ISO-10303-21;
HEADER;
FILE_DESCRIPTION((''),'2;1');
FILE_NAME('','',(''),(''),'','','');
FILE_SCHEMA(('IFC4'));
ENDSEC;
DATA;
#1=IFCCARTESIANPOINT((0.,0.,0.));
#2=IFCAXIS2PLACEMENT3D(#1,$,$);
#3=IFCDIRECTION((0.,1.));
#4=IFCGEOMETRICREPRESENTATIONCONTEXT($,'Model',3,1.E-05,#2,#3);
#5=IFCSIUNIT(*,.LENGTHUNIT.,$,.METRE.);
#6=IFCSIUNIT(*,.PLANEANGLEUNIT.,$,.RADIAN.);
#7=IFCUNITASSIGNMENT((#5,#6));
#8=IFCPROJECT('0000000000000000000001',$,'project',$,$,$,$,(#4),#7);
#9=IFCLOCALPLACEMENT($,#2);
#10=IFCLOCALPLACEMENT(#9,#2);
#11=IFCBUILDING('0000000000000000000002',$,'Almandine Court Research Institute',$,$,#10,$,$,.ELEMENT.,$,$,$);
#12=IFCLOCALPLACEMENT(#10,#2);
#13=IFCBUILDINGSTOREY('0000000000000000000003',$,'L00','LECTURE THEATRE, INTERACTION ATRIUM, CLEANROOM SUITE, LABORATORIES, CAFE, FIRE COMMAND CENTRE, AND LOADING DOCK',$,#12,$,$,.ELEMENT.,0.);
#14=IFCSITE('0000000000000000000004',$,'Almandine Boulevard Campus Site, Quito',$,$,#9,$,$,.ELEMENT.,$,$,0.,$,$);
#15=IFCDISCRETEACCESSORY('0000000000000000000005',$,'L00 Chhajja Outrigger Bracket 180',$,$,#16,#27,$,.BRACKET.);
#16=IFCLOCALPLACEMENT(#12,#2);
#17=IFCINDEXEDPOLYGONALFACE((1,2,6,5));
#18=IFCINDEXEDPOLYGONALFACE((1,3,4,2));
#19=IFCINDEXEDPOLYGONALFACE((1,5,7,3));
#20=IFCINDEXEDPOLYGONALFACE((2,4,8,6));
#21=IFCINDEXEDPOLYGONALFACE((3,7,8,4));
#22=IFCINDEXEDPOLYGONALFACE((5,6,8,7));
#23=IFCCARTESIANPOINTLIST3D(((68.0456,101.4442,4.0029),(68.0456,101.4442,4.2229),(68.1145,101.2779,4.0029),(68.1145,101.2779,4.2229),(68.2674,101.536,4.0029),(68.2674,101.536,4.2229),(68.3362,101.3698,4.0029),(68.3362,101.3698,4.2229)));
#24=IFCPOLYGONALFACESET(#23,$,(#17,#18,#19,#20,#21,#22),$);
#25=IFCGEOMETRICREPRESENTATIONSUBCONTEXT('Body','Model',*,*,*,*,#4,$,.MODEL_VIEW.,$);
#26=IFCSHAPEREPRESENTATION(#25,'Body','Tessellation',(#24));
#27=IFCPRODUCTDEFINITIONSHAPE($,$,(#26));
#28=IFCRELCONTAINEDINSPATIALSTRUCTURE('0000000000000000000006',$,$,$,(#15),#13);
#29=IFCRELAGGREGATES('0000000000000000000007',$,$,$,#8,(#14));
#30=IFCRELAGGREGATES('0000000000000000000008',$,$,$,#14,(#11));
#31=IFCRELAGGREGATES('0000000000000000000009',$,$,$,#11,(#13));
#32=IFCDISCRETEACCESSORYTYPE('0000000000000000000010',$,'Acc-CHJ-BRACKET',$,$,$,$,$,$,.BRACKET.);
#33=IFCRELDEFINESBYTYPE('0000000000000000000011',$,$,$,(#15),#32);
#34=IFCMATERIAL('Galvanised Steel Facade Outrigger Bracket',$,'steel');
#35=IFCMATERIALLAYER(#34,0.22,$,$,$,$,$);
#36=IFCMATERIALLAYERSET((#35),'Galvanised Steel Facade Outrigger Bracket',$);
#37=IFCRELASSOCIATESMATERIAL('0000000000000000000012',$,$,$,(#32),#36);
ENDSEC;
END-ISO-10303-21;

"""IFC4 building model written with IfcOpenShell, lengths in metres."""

from ifc_helpers import new_model, si_unit, direction, frame, origin, origin_2d, place, context, subcontext, project, spatial, rectangle, extrude, material, layer, layer_set, type_object, element, save


model = new_model("IFC4")

# Units and contexts
model_context = context("Model", 3, precision=1e-05, world=origin(), true_north=direction((0.0, 1.0)))
body_context = subcontext(model_context, "Body", "Model", "MODEL_VIEW")
ifc_project = project(units=[si_unit("LENGTHUNIT", "METRE"), si_unit("PLANEANGLEUNIT", "RADIAN")], contexts=[model_context])

# Site, building, storey
site_placement = place(None, origin())
site = spatial("IfcSite", under=ifc_project, at=site_placement, Name="Almandine Boulevard Campus Site, Quito", CompositionType="ELEMENT", RefElevation=0.0)
building_placement = place(site_placement, origin())
building = spatial("IfcBuilding", under=site, at=building_placement, Name="Almandine Court Research Institute", CompositionType="ELEMENT")
storey_placement = place(building_placement, origin())
storey = spatial("IfcBuildingStorey", under=building, at=storey_placement, Name="L00", Description="LECTURE THEATRE, INTERACTION ATRIUM, CLEANROOM SUITE, LABORATORIES, CAFE, FIRE COMMAND CENTRE, AND LOADING DOCK", CompositionType="ELEMENT", Elevation=0.0)

# Discrete accessory
ifc_material_1 = material(Name="Galvanised Steel Facade Outrigger Bracket", Category="steel")
ifc_layer_1 = layer(ifc_material_1, 0.22)
ifc_layer_set_1 = layer_set([ifc_layer_1], Name="Galvanised Steel Facade Outrigger Bracket")
discrete_accessory_type = type_object("IfcDiscreteAccessoryType", Name="Acc-CHJ-BRACKET", PredefinedType="BRACKET", material=ifc_layer_set_1)
discrete_accessory_placement = place(storey_placement, frame((68.1909, 101.407, 4.0029), z_axis=(0.0, 0.0, 1.0), x_axis=(0.92388, 0.382683, 0.0)))
element("IfcDiscreteAccessory", 1, at=discrete_accessory_placement, inside=storey, type_object=discrete_accessory_type, Name="L00 Chhajja Outrigger Bracket 180", PredefinedType="BRACKET", context=body_context, shape_type="SweptSolid", body=[
    extrude(rectangle(XDim=0.24, YDim=0.1799, at=origin_2d()), origin(), (0.0, 0.0, 1.0), 0.22),
])

save(model, "model.ifc")
